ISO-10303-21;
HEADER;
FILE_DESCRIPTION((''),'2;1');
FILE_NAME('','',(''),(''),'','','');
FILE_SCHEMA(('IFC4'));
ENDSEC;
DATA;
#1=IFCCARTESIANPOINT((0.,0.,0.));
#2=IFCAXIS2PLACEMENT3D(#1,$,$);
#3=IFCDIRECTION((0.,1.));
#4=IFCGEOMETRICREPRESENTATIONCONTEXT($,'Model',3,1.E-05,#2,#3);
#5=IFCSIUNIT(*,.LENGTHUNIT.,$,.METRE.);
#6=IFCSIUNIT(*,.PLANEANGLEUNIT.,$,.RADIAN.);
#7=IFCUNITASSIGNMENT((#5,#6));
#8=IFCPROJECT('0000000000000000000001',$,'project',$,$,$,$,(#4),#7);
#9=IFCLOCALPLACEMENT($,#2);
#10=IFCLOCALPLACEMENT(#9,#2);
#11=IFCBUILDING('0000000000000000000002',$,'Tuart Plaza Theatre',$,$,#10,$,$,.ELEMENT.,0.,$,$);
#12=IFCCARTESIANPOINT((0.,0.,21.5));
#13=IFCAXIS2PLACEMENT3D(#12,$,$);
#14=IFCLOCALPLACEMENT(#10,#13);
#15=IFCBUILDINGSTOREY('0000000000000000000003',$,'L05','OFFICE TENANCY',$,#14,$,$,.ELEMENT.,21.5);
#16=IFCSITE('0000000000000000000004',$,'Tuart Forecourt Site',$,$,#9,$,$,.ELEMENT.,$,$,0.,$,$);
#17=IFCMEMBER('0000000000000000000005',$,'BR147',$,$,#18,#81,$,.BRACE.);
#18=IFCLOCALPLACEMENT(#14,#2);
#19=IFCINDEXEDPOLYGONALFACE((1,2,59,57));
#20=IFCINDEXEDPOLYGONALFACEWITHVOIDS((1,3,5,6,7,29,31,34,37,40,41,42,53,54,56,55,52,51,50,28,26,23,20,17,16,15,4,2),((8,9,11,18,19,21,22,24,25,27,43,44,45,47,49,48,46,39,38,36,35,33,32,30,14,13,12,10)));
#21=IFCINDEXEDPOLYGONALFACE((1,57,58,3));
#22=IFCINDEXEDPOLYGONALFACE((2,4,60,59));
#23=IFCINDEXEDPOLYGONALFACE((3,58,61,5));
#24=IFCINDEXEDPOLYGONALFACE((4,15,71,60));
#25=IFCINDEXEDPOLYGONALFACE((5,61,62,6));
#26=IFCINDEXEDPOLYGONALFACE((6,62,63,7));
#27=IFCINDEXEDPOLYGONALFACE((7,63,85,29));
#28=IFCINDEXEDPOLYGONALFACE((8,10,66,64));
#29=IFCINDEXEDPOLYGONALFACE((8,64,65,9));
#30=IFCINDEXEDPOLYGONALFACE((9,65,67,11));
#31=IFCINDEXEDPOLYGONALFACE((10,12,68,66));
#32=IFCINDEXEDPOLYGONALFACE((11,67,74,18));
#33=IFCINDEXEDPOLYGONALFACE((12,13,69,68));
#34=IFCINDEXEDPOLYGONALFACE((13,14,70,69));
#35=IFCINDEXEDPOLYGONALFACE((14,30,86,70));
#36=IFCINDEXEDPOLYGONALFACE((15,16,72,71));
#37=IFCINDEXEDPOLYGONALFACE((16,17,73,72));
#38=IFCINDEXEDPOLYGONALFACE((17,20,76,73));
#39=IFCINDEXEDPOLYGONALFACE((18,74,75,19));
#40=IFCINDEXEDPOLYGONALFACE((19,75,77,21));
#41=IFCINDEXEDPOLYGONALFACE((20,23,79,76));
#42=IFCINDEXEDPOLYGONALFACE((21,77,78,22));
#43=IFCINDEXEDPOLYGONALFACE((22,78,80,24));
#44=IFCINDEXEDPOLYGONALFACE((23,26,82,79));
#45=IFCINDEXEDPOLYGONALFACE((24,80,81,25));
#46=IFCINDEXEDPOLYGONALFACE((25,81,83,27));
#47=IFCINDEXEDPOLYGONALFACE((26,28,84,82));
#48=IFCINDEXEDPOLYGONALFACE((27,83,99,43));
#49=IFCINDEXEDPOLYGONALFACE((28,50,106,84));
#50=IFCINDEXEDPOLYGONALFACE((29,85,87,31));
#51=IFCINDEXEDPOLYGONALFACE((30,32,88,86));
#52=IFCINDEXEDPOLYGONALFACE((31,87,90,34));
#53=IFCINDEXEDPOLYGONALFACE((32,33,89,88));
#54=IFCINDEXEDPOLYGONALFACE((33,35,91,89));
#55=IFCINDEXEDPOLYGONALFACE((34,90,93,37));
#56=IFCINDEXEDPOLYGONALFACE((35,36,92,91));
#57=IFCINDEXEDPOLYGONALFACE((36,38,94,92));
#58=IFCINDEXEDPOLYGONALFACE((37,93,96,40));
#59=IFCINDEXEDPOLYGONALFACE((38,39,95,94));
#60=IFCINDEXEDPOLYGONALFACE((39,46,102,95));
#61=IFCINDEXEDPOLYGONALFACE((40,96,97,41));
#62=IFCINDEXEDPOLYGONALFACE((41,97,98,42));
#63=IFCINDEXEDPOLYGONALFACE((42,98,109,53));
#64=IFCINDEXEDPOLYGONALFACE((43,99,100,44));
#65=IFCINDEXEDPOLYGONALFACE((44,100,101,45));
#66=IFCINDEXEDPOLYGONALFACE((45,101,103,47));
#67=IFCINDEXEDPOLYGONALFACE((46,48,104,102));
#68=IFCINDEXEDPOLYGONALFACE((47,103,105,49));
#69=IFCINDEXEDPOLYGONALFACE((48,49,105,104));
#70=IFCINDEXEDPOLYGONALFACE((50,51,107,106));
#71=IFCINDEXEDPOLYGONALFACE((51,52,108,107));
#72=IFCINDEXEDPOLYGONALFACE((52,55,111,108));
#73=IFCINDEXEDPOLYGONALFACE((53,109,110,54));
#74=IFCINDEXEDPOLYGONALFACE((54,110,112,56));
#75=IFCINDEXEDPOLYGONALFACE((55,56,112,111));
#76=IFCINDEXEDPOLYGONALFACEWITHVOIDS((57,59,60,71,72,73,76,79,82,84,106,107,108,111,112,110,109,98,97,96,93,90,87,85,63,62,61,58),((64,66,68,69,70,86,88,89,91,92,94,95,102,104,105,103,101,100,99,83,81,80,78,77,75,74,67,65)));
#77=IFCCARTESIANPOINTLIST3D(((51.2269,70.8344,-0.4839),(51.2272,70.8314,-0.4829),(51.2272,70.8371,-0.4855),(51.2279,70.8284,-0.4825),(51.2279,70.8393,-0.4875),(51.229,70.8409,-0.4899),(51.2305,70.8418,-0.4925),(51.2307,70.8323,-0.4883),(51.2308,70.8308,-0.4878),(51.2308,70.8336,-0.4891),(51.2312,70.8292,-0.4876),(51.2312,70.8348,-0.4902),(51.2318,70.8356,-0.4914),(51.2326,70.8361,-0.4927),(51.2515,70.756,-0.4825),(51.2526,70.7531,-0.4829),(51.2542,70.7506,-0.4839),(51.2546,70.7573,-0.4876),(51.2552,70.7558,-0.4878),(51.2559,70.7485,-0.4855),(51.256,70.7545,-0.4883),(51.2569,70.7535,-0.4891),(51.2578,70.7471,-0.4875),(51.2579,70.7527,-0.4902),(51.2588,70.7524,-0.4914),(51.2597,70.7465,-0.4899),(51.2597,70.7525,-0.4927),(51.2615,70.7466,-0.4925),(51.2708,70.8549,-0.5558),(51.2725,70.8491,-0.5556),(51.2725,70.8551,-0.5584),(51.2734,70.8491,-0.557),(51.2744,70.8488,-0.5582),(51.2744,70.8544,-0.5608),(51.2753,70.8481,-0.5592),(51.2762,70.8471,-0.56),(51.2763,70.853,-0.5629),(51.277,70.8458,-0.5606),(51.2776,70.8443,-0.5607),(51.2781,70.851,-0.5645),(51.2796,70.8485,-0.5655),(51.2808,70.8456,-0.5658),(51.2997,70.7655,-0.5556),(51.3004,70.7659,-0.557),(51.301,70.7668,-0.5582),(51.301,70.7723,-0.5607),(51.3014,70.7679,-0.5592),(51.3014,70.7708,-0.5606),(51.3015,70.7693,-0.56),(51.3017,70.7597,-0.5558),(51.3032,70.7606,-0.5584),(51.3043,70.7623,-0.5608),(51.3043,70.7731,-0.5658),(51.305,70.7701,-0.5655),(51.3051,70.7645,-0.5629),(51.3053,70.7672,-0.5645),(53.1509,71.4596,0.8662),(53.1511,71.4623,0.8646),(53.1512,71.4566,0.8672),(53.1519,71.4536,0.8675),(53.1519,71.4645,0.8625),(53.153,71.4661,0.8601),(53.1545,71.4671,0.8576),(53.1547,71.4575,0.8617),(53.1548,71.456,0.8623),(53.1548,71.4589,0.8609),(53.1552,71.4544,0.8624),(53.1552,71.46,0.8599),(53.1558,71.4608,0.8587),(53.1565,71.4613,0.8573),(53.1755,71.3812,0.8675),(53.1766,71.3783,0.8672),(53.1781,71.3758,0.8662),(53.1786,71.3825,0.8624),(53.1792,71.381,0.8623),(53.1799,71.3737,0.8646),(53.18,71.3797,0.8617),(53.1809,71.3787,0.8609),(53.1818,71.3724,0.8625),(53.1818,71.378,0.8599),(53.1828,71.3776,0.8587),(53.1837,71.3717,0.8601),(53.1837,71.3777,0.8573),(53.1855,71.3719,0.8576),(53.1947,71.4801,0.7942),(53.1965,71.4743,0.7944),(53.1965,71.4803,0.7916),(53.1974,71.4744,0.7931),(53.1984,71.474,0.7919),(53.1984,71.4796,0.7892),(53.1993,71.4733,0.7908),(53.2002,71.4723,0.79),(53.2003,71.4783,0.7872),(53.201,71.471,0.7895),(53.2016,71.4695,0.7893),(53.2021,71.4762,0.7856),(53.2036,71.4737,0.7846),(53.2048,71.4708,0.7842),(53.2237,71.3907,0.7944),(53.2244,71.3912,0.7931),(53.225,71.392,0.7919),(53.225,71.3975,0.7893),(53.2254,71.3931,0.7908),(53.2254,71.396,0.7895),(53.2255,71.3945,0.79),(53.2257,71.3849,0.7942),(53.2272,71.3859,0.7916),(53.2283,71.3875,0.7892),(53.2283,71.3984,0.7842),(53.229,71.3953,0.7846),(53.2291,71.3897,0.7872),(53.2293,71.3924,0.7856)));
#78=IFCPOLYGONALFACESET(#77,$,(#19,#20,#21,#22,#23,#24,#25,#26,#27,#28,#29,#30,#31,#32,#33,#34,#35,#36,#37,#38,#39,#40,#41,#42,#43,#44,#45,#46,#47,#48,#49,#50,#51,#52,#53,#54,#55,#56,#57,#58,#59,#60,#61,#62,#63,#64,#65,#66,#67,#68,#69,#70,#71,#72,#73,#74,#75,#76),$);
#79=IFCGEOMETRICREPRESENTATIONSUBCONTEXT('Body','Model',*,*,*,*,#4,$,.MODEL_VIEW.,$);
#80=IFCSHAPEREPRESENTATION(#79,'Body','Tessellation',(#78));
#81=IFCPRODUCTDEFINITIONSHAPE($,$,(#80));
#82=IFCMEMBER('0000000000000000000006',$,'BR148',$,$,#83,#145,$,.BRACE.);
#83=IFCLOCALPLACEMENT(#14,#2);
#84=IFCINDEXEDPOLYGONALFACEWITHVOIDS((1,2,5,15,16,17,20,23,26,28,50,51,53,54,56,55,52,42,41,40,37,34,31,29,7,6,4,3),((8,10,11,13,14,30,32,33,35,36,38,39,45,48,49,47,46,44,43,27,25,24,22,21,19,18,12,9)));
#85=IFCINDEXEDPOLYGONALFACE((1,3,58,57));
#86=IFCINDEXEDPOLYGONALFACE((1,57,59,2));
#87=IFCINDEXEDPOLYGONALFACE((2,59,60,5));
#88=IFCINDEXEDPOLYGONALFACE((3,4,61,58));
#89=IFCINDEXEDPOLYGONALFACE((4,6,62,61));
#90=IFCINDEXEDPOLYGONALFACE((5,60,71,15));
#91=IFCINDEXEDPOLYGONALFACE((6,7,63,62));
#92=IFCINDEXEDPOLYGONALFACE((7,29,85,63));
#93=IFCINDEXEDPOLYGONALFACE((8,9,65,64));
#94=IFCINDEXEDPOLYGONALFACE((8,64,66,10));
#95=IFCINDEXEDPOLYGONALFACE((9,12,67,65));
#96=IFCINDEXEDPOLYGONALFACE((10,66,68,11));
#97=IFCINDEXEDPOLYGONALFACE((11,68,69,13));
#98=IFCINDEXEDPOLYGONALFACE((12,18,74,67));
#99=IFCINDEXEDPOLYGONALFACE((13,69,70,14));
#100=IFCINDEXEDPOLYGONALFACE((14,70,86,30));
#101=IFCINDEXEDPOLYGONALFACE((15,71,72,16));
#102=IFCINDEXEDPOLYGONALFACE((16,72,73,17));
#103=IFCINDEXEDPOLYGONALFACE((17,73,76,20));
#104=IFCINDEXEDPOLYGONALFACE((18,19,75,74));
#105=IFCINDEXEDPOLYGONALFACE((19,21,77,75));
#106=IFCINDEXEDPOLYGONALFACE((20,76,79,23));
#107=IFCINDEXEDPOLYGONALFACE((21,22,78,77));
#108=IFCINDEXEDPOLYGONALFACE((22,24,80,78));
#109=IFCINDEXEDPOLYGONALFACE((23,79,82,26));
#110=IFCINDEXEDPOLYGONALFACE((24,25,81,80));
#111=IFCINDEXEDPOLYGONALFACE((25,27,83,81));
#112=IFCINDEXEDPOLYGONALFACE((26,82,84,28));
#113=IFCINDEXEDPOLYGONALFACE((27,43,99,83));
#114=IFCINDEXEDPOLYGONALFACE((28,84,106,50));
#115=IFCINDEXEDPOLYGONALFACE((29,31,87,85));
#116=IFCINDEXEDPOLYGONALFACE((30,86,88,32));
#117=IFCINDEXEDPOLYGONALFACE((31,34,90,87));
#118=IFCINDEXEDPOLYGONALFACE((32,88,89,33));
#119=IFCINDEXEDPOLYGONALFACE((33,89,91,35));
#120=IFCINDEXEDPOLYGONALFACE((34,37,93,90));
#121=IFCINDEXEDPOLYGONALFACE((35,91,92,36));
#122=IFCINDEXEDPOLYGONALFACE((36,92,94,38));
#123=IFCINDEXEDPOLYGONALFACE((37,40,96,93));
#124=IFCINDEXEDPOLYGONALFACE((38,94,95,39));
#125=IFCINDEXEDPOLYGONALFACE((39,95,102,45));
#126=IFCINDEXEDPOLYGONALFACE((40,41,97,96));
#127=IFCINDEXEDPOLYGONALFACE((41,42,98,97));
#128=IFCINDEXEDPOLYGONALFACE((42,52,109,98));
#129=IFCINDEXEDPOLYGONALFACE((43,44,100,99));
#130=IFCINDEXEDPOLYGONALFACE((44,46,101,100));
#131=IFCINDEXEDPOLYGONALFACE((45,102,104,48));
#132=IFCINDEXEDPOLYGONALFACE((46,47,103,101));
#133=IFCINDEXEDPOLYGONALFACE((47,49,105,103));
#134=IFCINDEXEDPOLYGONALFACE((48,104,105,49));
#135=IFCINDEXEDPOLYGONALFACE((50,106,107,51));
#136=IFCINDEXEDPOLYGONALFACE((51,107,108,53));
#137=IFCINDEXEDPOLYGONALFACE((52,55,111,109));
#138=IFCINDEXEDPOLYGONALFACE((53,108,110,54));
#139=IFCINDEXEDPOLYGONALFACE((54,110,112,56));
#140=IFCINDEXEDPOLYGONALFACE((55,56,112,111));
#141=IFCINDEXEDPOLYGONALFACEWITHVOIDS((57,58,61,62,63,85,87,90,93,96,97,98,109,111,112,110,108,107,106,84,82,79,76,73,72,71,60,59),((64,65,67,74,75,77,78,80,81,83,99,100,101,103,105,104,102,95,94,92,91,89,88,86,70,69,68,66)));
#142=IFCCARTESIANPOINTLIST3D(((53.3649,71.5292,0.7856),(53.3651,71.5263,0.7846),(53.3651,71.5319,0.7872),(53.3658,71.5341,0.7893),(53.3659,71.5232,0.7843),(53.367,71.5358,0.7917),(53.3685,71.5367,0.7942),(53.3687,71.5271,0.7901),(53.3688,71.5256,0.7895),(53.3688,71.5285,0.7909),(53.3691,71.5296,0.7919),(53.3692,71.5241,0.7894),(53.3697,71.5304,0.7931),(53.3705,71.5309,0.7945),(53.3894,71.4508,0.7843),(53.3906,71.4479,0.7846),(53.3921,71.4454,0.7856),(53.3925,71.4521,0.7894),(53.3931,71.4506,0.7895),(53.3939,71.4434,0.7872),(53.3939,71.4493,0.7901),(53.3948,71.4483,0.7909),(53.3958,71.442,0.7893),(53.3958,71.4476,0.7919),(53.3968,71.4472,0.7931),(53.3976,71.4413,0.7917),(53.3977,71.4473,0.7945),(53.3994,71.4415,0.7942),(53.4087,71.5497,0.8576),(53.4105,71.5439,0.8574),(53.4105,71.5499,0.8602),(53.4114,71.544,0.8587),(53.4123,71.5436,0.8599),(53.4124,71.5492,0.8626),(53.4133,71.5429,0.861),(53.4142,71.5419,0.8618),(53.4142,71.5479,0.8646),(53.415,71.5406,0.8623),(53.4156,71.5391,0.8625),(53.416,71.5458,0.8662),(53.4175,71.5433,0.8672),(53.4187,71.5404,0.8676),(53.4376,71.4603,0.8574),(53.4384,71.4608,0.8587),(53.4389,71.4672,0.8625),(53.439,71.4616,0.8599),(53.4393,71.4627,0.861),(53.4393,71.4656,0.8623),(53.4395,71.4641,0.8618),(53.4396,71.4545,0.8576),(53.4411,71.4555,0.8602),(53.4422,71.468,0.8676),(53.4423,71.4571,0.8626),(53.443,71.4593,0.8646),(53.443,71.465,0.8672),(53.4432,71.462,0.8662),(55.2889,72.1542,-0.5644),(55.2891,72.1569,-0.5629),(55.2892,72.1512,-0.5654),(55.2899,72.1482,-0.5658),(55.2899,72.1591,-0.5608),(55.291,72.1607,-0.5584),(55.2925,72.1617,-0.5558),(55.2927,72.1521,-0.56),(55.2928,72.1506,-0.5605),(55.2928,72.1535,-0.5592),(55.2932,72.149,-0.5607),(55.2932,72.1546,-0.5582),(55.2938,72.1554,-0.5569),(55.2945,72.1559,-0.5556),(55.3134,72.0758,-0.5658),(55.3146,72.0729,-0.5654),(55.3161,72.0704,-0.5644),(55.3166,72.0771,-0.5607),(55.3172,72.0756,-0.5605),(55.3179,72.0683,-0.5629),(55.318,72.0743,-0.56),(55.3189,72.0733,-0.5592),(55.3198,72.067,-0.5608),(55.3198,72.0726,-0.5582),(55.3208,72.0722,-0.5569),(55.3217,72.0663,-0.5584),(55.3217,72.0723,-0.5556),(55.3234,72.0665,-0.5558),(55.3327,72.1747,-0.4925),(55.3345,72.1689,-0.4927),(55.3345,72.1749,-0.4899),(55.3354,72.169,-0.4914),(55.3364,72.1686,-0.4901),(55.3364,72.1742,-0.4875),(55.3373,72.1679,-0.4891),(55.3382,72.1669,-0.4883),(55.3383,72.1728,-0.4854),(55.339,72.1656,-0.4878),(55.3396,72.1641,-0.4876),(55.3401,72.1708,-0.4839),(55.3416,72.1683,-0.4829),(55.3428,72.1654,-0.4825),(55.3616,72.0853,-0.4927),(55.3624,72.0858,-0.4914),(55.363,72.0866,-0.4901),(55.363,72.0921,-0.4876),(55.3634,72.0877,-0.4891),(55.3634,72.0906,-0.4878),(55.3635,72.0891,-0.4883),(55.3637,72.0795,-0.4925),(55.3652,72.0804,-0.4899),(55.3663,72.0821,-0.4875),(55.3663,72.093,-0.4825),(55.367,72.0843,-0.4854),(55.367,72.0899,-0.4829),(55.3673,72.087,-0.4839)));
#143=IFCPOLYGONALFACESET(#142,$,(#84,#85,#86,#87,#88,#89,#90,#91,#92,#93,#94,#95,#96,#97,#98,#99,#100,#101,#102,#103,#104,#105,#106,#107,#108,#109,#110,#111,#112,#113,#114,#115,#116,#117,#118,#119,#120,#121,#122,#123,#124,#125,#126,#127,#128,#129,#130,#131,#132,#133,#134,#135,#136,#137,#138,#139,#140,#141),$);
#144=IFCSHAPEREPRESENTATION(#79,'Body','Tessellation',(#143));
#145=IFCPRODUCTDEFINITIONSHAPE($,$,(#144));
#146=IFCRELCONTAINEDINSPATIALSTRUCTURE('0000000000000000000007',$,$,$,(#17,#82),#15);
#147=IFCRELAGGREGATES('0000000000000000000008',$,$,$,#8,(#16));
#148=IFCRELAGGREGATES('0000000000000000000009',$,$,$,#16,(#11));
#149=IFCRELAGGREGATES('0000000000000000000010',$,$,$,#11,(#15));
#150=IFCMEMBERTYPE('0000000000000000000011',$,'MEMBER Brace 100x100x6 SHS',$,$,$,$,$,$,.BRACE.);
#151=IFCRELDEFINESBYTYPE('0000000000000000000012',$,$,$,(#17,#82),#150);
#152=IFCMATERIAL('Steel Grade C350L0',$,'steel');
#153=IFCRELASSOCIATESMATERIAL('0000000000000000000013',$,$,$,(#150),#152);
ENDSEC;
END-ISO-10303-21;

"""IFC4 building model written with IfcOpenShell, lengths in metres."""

from ifc_helpers import new_model, si_unit, direction, frame, origin, origin_2d, place, context, subcontext, project, spatial, hollow_rectangle, extrude, material, material_profile, profile_set, type_object, element, save


model = new_model("IFC4")

# Units and contexts
model_context = context("Model", 3, precision=1e-05, world=origin(), true_north=direction((0.0, 1.0)))
body_context = subcontext(model_context, "Body", "Model", "MODEL_VIEW")
ifc_project = project(units=[si_unit("LENGTHUNIT", "METRE"), si_unit("PLANEANGLEUNIT", "RADIAN")], contexts=[model_context])

# Site, building, storey
site_placement = place(None, origin())
site = spatial("IfcSite", under=ifc_project, at=site_placement, Name="Tuart Forecourt Site", CompositionType="ELEMENT", RefElevation=0.0)
building_placement = place(site_placement, origin())
building = spatial("IfcBuilding", under=site, at=building_placement, Name="Tuart Plaza Theatre", CompositionType="ELEMENT", ElevationOfRefHeight=0.0)
storey_placement = place(building_placement, frame((0.0, 0.0, 21.5)))
storey = spatial("IfcBuildingStorey", under=building, at=storey_placement, Name="L05", Description="OFFICE TENANCY", CompositionType="ELEMENT", Elevation=21.5)

# Members
ifc_material_1 = material(Name="Steel Grade C350L0", Category="steel")
ifc_material_profile_1 = material_profile(ifc_material_1, hollow_rectangle(XDim=0.1001, YDim=0.1001, WallThickness=0.0061, InnerFilletRadius=0.0061, OuterFilletRadius=0.012, at=origin_2d()), Name="100x100x6 SHS")
ifc_profile_set_1 = profile_set([ifc_material_profile_1], Name="Steel Grade C350L0")
member_type_1 = type_object("IfcMemberType", Name="MEMBER Brace 100x100x6 SHS", PredefinedType="BRACE", material=ifc_profile_set_1)
for number, where, z_axis, x_axis, name in (
    (1, (51.2661, 70.8008, -0.5242), (0.791073, 0.257066, 0.555086), (-0.309051, 0.951046, 0.0), "BR147"),
    (2, (53.4041, 71.4956, 0.8259), (0.791093, 0.256972, -0.5551), (-0.308941, 0.951081, 0.0), "BR148"),
):
    element("IfcMember", number, at=place(storey_placement, frame(where, z_axis=z_axis, x_axis=x_axis)), inside=storey, type_object=member_type_1, Name=name, PredefinedType="BRACE", context=body_context, shape_type="SweptSolid", body=[
        extrude(hollow_rectangle(XDim=0.1001, YDim=0.1001, WallThickness=0.0061, InnerFilletRadius=0.0061, OuterFilletRadius=0.012, at=origin_2d()), origin(), (0.0, 0.0, 1.0), 2.4321),
    ])

save(model, "model.ifc")
